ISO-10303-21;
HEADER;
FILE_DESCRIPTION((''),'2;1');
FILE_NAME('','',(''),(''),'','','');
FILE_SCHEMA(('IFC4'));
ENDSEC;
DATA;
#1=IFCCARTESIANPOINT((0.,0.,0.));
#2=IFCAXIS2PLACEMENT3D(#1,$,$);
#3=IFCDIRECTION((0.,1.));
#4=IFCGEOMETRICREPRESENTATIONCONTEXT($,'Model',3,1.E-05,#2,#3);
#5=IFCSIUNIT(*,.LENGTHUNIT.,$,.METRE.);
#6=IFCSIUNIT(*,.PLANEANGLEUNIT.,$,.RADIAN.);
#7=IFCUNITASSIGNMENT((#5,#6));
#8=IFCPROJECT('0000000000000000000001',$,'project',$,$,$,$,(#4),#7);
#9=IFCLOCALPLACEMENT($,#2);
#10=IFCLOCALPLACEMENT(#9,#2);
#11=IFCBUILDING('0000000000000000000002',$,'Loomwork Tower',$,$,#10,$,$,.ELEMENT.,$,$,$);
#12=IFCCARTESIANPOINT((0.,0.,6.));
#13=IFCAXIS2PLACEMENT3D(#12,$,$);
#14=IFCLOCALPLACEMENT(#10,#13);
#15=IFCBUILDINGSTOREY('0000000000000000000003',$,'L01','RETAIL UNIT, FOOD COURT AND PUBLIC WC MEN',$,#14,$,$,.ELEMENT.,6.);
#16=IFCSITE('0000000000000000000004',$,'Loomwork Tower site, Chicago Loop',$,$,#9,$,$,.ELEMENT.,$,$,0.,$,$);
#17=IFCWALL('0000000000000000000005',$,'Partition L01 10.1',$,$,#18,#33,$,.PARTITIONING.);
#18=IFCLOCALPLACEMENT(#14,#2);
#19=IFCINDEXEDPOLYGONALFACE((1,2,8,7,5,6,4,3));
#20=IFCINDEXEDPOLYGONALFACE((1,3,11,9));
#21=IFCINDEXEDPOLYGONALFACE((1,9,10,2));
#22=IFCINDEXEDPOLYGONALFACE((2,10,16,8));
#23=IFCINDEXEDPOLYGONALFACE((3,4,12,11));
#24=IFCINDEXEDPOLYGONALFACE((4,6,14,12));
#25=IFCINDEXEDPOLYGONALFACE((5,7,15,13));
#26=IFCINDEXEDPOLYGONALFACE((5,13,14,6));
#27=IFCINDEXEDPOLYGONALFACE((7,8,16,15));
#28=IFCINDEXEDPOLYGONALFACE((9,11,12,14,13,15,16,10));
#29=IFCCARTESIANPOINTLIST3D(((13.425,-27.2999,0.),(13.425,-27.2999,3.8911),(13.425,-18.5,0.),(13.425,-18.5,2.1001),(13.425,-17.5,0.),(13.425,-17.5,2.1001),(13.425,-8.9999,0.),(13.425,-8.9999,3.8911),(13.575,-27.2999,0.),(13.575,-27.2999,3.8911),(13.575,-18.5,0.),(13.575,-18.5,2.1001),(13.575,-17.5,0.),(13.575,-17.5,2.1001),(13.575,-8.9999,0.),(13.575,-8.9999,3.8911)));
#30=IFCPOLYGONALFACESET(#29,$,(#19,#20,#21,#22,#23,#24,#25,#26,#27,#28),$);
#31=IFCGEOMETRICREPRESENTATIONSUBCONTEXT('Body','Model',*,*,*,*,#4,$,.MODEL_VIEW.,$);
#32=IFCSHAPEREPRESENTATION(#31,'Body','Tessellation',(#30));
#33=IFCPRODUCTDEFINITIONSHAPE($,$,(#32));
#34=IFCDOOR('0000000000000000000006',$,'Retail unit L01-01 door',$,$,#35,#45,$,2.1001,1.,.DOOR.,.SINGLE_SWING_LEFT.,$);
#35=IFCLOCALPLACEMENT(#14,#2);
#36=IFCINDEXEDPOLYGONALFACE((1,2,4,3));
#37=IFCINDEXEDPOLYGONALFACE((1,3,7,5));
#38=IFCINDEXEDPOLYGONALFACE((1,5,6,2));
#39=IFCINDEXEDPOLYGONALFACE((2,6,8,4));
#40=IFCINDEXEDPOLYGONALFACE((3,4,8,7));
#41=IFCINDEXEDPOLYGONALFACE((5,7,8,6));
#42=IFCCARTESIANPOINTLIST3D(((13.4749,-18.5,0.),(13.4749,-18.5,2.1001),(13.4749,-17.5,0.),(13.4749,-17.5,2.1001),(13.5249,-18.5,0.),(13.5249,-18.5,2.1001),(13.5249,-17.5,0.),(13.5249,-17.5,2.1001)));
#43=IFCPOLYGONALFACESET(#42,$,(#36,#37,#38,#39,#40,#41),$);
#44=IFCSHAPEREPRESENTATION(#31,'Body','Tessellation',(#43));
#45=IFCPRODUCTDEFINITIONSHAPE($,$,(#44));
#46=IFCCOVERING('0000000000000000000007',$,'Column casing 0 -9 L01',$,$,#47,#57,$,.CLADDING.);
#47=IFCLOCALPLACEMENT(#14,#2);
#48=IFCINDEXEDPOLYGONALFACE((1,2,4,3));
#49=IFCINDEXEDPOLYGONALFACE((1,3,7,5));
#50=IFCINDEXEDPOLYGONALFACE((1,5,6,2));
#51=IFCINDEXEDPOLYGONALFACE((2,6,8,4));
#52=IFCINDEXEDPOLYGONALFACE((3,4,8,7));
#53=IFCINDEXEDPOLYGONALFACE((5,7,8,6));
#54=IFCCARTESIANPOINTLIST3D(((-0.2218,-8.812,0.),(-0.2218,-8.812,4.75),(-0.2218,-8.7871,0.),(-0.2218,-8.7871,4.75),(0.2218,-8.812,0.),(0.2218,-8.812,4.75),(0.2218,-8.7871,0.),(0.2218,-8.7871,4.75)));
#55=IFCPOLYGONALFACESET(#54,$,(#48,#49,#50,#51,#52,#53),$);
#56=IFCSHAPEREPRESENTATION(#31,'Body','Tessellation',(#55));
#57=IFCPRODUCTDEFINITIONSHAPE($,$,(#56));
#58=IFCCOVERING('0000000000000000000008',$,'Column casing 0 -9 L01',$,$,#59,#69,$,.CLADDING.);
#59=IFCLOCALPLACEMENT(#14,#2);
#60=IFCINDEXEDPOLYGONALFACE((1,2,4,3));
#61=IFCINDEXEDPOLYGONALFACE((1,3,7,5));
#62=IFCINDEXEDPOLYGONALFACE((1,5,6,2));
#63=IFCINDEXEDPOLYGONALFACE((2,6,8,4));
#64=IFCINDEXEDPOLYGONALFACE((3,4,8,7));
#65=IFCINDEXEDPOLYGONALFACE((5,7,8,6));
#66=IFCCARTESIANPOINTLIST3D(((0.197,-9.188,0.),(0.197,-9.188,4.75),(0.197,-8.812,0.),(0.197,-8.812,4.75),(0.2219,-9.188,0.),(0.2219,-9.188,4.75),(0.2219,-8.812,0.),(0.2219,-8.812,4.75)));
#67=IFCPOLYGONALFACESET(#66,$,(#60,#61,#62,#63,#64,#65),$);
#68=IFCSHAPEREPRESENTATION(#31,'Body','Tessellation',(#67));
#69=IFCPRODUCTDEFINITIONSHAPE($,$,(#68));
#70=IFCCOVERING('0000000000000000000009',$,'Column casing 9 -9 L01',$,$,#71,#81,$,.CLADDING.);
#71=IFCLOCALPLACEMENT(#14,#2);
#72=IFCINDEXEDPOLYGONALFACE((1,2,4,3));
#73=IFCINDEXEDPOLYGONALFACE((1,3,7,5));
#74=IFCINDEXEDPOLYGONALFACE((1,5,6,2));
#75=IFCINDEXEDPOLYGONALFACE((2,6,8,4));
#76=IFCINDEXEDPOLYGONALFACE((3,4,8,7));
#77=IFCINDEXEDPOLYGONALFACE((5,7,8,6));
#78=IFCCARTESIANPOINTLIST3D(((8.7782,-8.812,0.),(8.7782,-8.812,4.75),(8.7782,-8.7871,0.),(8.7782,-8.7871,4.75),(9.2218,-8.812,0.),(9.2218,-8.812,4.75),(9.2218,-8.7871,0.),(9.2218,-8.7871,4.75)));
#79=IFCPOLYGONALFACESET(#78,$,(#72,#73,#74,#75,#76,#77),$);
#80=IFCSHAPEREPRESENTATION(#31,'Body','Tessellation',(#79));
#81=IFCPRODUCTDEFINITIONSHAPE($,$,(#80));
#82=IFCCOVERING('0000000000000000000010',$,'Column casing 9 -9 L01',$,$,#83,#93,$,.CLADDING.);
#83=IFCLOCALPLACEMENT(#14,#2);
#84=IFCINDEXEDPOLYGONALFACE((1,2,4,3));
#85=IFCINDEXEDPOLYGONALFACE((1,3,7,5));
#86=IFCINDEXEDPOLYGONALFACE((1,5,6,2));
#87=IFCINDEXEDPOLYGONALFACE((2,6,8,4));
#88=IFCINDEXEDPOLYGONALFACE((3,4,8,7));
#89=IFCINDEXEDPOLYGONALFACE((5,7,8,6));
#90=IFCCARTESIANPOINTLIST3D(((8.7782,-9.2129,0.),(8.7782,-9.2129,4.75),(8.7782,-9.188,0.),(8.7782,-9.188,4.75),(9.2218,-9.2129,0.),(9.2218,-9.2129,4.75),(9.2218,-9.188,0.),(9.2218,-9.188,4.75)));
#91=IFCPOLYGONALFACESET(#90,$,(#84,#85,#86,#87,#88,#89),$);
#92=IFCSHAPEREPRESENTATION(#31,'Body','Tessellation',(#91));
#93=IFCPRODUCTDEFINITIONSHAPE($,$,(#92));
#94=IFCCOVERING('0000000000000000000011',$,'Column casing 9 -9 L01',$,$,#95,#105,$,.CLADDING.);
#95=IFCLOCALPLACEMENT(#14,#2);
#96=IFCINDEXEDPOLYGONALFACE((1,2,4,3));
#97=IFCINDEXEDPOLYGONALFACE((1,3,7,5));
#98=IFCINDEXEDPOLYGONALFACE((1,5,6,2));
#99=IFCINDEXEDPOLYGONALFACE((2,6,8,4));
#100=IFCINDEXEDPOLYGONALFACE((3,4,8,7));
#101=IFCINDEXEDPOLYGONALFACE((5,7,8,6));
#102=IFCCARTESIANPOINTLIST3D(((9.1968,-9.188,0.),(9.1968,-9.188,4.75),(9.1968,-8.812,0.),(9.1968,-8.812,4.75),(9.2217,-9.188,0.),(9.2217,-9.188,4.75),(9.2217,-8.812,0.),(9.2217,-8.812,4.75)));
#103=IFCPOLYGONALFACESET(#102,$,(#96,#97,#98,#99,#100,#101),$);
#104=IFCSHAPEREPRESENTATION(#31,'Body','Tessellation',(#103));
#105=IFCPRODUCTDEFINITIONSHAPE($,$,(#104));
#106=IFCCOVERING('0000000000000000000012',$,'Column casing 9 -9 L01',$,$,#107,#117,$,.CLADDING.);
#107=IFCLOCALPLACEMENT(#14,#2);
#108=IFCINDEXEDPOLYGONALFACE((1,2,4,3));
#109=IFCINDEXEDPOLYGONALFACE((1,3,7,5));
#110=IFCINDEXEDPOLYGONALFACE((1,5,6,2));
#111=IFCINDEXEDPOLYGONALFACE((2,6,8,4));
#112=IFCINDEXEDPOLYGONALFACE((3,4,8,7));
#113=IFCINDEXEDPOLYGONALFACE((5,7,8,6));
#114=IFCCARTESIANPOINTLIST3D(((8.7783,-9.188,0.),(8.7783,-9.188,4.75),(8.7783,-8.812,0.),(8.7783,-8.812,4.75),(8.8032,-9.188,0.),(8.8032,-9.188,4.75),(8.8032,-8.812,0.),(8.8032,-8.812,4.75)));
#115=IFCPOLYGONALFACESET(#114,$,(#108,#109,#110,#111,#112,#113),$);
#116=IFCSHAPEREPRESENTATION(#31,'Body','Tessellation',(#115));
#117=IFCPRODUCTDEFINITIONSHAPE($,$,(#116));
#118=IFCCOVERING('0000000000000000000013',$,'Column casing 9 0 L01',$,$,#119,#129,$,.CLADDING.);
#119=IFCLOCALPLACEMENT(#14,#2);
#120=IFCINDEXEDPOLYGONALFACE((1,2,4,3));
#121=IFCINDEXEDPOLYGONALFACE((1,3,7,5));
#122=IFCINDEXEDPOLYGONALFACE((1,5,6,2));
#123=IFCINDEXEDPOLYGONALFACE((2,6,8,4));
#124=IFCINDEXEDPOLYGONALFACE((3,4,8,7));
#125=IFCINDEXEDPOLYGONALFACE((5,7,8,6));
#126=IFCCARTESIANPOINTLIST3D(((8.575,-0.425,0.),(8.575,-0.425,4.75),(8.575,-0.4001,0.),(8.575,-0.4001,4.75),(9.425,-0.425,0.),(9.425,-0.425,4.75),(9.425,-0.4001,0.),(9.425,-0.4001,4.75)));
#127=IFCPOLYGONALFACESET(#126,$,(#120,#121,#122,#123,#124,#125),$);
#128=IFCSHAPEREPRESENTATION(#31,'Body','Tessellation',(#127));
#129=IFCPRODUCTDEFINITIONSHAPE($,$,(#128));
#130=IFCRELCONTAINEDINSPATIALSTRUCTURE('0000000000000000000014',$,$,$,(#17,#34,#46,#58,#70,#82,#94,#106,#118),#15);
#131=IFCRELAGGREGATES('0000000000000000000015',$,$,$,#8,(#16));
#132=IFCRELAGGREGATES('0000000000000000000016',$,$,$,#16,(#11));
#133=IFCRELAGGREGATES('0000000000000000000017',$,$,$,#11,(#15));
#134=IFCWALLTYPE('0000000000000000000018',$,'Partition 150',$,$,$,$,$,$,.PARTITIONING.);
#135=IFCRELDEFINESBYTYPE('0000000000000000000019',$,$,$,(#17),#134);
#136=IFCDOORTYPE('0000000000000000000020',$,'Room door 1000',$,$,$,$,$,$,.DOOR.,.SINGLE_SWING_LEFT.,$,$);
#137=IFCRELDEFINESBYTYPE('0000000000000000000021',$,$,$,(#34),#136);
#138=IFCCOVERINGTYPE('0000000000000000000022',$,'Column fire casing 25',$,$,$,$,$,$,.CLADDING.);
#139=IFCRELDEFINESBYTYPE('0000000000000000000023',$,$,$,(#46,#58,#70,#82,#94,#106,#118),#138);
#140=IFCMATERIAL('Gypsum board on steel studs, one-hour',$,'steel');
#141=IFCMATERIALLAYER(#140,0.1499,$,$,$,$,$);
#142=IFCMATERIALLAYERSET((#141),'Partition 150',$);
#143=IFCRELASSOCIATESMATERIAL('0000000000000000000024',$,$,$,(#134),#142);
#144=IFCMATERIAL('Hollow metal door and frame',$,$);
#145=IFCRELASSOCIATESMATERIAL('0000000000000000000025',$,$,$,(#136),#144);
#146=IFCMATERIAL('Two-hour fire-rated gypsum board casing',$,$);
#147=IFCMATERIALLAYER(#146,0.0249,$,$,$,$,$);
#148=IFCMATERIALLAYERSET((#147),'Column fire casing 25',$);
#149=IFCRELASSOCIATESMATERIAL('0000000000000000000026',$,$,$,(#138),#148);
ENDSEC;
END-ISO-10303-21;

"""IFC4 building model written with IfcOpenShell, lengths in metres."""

from ifc_helpers import new_model, si_unit, direction, frame, frame_2d, origin, origin_2d, place, context, subcontext, project, spatial, rectangle, extrude, material, layer, layer_set, type_object, element, fill, save


model = new_model("IFC4")

# Units and contexts
model_context = context("Model", 3, precision=1e-05, world=origin(), true_north=direction((0.0, 1.0)))
body_context = subcontext(model_context, "Body", "Model", "MODEL_VIEW")
ifc_project = project(units=[si_unit("LENGTHUNIT", "METRE"), si_unit("PLANEANGLEUNIT", "RADIAN")], contexts=[model_context])

# Site, building, storey
site_placement = place(None, origin())
site = spatial("IfcSite", under=ifc_project, at=site_placement, Name="Loomwork Tower site, Chicago Loop", CompositionType="ELEMENT", RefElevation=0.0)
building_placement = place(site_placement, origin())
building = spatial("IfcBuilding", under=site, at=building_placement, Name="Loomwork Tower", CompositionType="ELEMENT")
storey_placement = place(building_placement, frame((0.0, 0.0, 6.0)))
storey = spatial("IfcBuildingStorey", under=building, at=storey_placement, Name="L01", Description="RETAIL UNIT, FOOD COURT AND PUBLIC WC MEN", CompositionType="ELEMENT", Elevation=6.0)

# Shared definitions
ifc_material_1 = material(Name="Gypsum board on steel studs, one-hour", Category="steel")
ifc_layer_1 = layer(ifc_material_1, 0.1499)
ifc_layer_set_1 = layer_set([ifc_layer_1], Name="Partition 150")
wall_type = type_object("IfcWallType", Name="Partition 150", PredefinedType="PARTITIONING", material=ifc_layer_set_1)

# Wall, opening, door
wall_1_placement = place(storey_placement, frame((13.5, -9.0, 0.0), z_axis=(0.0, 0.0, 1.0), x_axis=(0.0, -1.0, 0.0)))
wall_1 = element("IfcWall", 1, at=wall_1_placement, inside=storey, type_object=wall_type, Name="Partition L01 10.1", PredefinedType="PARTITIONING", context=body_context, shape_type="SweptSolid", body=[
    extrude(rectangle(XDim=18.3, YDim=0.1499, at=frame_2d((9.1499, 0.0))), origin(), (0.0, 0.0, 1.0), 3.8911),
])
opening_placement = place(wall_1_placement, frame((8.5, 0.0, 0.0)))
opening = element("IfcOpeningElement", 2, at=opening_placement, cuts=wall_1, PredefinedType="OPENING", context=body_context, shape_type="SweptSolid", body=[
    extrude(rectangle(XDim=1.0, YDim=2.1001, at=frame_2d((0.5, 1.05))), frame((0.0, 0.085, 0.0), z_axis=(0.0, -1.0, 0.0), x_axis=(1.0, 0.0, 0.0)), (0.0, 0.0, 1.0), 0.1699),
])
ifc_material_2 = material(Name="Hollow metal door and frame")
door_type = type_object("IfcDoorType", Name="Room door 1000", OperationType="SINGLE_SWING_LEFT", PredefinedType="DOOR", material=ifc_material_2)
door_placement = place(opening_placement, origin())
door = element("IfcDoor", 3, at=door_placement, inside=storey, type_object=door_type, Name="Retail unit L01-01 door", OperationType="SINGLE_SWING_LEFT", OverallHeight=2.1001, OverallWidth=1.0, PredefinedType="DOOR", context=body_context, shape_type="SweptSolid", body=[
    extrude(rectangle(XDim=1.0, YDim=2.1001, at=frame_2d((0.5, 1.05))), frame((0.0, 0.0249, 0.0), z_axis=(0.0, -1.0, 0.0), x_axis=(1.0, 0.0, 0.0)), (0.0, 0.0, 1.0), 0.05),
])
fill(opening, door)

# Coverings
ifc_material_3 = material(Name="Two-hour fire-rated gypsum board casing")
ifc_layer_2 = layer(ifc_material_3, 0.0249)
ifc_layer_set_2 = layer_set([ifc_layer_2], Name="Column fire casing 25")
covering_type = type_object("IfcCoveringType", Name="Column fire casing 25", PredefinedType="CLADDING", material=ifc_layer_set_2)
covering_1_placement = place(storey_placement, frame((0.0, -8.7996, 0.0), z_axis=(0.0, 0.0, 1.0), x_axis=(1.0, 0.0, 0.0)))
element("IfcCovering", 4, at=covering_1_placement, inside=storey, type_object=covering_type, Name="Column casing 0 -9 L01", PredefinedType="CLADDING", context=body_context, shape_type="SweptSolid", body=[
    extrude(rectangle(XDim=0.4436, YDim=0.0249, at=origin_2d()), origin(), (0.0, 0.0, 1.0), 4.75),
])
covering_2_placement = place(storey_placement, frame((0.2095, -9.0, 0.0), z_axis=(0.0, 0.0, 1.0), x_axis=(1.0, 0.0, 0.0)))
element("IfcCovering", 5, at=covering_2_placement, inside=storey, type_object=covering_type, Name="Column casing 0 -9 L01", PredefinedType="CLADDING", context=body_context, shape_type="SweptSolid", body=[
    extrude(rectangle(XDim=0.0249, YDim=0.376, at=origin_2d()), origin(), (0.0, 0.0, 1.0), 4.75),
])
for number, where, z_axis, x_axis, name in (
    (6, (9.0, -8.7996, 0.0), (0.0, 0.0, 1.0), (1.0, 0.0, 0.0), "Column casing 9 -9 L01"),
    (7, (9.0, -9.2004, 0.0), (0.0, 0.0, 1.0), (1.0, 0.0, 0.0), "Column casing 9 -9 L01"),
):
    element("IfcCovering", number, at=place(storey_placement, frame(where, z_axis=z_axis, x_axis=x_axis)), inside=storey, type_object=covering_type, Name=name, PredefinedType="CLADDING", context=body_context, shape_type="SweptSolid", body=[
        extrude(rectangle(XDim=0.4436, YDim=0.0249, at=origin_2d()), origin(), (0.0, 0.0, 1.0), 4.75),
    ])
for number, where, z_axis, x_axis, name in (
    (8, (9.2092, -9.0, 0.0), (0.0, 0.0, 1.0), (1.0, 0.0, 0.0), "Column casing 9 -9 L01"),
    (9, (8.7908, -9.0, 0.0), (0.0, 0.0, 1.0), (1.0, 0.0, 0.0), "Column casing 9 -9 L01"),
):
    element("IfcCovering", number, at=place(storey_placement, frame(where, z_axis=z_axis, x_axis=x_axis)), inside=storey, type_object=covering_type, Name=name, PredefinedType="CLADDING", context=body_context, shape_type="SweptSolid", body=[
        extrude(rectangle(XDim=0.0249, YDim=0.376, at=origin_2d()), origin(), (0.0, 0.0, 1.0), 4.75),
    ])
covering_3_placement = place(storey_placement, frame((9.0, -0.4126, 0.0), z_axis=(0.0, 0.0, 1.0), x_axis=(1.0, 0.0, 0.0)))
element("IfcCovering", 10, at=covering_3_placement, inside=storey, type_object=covering_type, Name="Column casing 9 0 L01", PredefinedType="CLADDING", context=body_context, shape_type="SweptSolid", body=[
    extrude(rectangle(XDim=0.8501, YDim=0.0249, at=origin_2d()), origin(), (0.0, 0.0, 1.0), 4.75),
])

save(model, "model.ifc")
